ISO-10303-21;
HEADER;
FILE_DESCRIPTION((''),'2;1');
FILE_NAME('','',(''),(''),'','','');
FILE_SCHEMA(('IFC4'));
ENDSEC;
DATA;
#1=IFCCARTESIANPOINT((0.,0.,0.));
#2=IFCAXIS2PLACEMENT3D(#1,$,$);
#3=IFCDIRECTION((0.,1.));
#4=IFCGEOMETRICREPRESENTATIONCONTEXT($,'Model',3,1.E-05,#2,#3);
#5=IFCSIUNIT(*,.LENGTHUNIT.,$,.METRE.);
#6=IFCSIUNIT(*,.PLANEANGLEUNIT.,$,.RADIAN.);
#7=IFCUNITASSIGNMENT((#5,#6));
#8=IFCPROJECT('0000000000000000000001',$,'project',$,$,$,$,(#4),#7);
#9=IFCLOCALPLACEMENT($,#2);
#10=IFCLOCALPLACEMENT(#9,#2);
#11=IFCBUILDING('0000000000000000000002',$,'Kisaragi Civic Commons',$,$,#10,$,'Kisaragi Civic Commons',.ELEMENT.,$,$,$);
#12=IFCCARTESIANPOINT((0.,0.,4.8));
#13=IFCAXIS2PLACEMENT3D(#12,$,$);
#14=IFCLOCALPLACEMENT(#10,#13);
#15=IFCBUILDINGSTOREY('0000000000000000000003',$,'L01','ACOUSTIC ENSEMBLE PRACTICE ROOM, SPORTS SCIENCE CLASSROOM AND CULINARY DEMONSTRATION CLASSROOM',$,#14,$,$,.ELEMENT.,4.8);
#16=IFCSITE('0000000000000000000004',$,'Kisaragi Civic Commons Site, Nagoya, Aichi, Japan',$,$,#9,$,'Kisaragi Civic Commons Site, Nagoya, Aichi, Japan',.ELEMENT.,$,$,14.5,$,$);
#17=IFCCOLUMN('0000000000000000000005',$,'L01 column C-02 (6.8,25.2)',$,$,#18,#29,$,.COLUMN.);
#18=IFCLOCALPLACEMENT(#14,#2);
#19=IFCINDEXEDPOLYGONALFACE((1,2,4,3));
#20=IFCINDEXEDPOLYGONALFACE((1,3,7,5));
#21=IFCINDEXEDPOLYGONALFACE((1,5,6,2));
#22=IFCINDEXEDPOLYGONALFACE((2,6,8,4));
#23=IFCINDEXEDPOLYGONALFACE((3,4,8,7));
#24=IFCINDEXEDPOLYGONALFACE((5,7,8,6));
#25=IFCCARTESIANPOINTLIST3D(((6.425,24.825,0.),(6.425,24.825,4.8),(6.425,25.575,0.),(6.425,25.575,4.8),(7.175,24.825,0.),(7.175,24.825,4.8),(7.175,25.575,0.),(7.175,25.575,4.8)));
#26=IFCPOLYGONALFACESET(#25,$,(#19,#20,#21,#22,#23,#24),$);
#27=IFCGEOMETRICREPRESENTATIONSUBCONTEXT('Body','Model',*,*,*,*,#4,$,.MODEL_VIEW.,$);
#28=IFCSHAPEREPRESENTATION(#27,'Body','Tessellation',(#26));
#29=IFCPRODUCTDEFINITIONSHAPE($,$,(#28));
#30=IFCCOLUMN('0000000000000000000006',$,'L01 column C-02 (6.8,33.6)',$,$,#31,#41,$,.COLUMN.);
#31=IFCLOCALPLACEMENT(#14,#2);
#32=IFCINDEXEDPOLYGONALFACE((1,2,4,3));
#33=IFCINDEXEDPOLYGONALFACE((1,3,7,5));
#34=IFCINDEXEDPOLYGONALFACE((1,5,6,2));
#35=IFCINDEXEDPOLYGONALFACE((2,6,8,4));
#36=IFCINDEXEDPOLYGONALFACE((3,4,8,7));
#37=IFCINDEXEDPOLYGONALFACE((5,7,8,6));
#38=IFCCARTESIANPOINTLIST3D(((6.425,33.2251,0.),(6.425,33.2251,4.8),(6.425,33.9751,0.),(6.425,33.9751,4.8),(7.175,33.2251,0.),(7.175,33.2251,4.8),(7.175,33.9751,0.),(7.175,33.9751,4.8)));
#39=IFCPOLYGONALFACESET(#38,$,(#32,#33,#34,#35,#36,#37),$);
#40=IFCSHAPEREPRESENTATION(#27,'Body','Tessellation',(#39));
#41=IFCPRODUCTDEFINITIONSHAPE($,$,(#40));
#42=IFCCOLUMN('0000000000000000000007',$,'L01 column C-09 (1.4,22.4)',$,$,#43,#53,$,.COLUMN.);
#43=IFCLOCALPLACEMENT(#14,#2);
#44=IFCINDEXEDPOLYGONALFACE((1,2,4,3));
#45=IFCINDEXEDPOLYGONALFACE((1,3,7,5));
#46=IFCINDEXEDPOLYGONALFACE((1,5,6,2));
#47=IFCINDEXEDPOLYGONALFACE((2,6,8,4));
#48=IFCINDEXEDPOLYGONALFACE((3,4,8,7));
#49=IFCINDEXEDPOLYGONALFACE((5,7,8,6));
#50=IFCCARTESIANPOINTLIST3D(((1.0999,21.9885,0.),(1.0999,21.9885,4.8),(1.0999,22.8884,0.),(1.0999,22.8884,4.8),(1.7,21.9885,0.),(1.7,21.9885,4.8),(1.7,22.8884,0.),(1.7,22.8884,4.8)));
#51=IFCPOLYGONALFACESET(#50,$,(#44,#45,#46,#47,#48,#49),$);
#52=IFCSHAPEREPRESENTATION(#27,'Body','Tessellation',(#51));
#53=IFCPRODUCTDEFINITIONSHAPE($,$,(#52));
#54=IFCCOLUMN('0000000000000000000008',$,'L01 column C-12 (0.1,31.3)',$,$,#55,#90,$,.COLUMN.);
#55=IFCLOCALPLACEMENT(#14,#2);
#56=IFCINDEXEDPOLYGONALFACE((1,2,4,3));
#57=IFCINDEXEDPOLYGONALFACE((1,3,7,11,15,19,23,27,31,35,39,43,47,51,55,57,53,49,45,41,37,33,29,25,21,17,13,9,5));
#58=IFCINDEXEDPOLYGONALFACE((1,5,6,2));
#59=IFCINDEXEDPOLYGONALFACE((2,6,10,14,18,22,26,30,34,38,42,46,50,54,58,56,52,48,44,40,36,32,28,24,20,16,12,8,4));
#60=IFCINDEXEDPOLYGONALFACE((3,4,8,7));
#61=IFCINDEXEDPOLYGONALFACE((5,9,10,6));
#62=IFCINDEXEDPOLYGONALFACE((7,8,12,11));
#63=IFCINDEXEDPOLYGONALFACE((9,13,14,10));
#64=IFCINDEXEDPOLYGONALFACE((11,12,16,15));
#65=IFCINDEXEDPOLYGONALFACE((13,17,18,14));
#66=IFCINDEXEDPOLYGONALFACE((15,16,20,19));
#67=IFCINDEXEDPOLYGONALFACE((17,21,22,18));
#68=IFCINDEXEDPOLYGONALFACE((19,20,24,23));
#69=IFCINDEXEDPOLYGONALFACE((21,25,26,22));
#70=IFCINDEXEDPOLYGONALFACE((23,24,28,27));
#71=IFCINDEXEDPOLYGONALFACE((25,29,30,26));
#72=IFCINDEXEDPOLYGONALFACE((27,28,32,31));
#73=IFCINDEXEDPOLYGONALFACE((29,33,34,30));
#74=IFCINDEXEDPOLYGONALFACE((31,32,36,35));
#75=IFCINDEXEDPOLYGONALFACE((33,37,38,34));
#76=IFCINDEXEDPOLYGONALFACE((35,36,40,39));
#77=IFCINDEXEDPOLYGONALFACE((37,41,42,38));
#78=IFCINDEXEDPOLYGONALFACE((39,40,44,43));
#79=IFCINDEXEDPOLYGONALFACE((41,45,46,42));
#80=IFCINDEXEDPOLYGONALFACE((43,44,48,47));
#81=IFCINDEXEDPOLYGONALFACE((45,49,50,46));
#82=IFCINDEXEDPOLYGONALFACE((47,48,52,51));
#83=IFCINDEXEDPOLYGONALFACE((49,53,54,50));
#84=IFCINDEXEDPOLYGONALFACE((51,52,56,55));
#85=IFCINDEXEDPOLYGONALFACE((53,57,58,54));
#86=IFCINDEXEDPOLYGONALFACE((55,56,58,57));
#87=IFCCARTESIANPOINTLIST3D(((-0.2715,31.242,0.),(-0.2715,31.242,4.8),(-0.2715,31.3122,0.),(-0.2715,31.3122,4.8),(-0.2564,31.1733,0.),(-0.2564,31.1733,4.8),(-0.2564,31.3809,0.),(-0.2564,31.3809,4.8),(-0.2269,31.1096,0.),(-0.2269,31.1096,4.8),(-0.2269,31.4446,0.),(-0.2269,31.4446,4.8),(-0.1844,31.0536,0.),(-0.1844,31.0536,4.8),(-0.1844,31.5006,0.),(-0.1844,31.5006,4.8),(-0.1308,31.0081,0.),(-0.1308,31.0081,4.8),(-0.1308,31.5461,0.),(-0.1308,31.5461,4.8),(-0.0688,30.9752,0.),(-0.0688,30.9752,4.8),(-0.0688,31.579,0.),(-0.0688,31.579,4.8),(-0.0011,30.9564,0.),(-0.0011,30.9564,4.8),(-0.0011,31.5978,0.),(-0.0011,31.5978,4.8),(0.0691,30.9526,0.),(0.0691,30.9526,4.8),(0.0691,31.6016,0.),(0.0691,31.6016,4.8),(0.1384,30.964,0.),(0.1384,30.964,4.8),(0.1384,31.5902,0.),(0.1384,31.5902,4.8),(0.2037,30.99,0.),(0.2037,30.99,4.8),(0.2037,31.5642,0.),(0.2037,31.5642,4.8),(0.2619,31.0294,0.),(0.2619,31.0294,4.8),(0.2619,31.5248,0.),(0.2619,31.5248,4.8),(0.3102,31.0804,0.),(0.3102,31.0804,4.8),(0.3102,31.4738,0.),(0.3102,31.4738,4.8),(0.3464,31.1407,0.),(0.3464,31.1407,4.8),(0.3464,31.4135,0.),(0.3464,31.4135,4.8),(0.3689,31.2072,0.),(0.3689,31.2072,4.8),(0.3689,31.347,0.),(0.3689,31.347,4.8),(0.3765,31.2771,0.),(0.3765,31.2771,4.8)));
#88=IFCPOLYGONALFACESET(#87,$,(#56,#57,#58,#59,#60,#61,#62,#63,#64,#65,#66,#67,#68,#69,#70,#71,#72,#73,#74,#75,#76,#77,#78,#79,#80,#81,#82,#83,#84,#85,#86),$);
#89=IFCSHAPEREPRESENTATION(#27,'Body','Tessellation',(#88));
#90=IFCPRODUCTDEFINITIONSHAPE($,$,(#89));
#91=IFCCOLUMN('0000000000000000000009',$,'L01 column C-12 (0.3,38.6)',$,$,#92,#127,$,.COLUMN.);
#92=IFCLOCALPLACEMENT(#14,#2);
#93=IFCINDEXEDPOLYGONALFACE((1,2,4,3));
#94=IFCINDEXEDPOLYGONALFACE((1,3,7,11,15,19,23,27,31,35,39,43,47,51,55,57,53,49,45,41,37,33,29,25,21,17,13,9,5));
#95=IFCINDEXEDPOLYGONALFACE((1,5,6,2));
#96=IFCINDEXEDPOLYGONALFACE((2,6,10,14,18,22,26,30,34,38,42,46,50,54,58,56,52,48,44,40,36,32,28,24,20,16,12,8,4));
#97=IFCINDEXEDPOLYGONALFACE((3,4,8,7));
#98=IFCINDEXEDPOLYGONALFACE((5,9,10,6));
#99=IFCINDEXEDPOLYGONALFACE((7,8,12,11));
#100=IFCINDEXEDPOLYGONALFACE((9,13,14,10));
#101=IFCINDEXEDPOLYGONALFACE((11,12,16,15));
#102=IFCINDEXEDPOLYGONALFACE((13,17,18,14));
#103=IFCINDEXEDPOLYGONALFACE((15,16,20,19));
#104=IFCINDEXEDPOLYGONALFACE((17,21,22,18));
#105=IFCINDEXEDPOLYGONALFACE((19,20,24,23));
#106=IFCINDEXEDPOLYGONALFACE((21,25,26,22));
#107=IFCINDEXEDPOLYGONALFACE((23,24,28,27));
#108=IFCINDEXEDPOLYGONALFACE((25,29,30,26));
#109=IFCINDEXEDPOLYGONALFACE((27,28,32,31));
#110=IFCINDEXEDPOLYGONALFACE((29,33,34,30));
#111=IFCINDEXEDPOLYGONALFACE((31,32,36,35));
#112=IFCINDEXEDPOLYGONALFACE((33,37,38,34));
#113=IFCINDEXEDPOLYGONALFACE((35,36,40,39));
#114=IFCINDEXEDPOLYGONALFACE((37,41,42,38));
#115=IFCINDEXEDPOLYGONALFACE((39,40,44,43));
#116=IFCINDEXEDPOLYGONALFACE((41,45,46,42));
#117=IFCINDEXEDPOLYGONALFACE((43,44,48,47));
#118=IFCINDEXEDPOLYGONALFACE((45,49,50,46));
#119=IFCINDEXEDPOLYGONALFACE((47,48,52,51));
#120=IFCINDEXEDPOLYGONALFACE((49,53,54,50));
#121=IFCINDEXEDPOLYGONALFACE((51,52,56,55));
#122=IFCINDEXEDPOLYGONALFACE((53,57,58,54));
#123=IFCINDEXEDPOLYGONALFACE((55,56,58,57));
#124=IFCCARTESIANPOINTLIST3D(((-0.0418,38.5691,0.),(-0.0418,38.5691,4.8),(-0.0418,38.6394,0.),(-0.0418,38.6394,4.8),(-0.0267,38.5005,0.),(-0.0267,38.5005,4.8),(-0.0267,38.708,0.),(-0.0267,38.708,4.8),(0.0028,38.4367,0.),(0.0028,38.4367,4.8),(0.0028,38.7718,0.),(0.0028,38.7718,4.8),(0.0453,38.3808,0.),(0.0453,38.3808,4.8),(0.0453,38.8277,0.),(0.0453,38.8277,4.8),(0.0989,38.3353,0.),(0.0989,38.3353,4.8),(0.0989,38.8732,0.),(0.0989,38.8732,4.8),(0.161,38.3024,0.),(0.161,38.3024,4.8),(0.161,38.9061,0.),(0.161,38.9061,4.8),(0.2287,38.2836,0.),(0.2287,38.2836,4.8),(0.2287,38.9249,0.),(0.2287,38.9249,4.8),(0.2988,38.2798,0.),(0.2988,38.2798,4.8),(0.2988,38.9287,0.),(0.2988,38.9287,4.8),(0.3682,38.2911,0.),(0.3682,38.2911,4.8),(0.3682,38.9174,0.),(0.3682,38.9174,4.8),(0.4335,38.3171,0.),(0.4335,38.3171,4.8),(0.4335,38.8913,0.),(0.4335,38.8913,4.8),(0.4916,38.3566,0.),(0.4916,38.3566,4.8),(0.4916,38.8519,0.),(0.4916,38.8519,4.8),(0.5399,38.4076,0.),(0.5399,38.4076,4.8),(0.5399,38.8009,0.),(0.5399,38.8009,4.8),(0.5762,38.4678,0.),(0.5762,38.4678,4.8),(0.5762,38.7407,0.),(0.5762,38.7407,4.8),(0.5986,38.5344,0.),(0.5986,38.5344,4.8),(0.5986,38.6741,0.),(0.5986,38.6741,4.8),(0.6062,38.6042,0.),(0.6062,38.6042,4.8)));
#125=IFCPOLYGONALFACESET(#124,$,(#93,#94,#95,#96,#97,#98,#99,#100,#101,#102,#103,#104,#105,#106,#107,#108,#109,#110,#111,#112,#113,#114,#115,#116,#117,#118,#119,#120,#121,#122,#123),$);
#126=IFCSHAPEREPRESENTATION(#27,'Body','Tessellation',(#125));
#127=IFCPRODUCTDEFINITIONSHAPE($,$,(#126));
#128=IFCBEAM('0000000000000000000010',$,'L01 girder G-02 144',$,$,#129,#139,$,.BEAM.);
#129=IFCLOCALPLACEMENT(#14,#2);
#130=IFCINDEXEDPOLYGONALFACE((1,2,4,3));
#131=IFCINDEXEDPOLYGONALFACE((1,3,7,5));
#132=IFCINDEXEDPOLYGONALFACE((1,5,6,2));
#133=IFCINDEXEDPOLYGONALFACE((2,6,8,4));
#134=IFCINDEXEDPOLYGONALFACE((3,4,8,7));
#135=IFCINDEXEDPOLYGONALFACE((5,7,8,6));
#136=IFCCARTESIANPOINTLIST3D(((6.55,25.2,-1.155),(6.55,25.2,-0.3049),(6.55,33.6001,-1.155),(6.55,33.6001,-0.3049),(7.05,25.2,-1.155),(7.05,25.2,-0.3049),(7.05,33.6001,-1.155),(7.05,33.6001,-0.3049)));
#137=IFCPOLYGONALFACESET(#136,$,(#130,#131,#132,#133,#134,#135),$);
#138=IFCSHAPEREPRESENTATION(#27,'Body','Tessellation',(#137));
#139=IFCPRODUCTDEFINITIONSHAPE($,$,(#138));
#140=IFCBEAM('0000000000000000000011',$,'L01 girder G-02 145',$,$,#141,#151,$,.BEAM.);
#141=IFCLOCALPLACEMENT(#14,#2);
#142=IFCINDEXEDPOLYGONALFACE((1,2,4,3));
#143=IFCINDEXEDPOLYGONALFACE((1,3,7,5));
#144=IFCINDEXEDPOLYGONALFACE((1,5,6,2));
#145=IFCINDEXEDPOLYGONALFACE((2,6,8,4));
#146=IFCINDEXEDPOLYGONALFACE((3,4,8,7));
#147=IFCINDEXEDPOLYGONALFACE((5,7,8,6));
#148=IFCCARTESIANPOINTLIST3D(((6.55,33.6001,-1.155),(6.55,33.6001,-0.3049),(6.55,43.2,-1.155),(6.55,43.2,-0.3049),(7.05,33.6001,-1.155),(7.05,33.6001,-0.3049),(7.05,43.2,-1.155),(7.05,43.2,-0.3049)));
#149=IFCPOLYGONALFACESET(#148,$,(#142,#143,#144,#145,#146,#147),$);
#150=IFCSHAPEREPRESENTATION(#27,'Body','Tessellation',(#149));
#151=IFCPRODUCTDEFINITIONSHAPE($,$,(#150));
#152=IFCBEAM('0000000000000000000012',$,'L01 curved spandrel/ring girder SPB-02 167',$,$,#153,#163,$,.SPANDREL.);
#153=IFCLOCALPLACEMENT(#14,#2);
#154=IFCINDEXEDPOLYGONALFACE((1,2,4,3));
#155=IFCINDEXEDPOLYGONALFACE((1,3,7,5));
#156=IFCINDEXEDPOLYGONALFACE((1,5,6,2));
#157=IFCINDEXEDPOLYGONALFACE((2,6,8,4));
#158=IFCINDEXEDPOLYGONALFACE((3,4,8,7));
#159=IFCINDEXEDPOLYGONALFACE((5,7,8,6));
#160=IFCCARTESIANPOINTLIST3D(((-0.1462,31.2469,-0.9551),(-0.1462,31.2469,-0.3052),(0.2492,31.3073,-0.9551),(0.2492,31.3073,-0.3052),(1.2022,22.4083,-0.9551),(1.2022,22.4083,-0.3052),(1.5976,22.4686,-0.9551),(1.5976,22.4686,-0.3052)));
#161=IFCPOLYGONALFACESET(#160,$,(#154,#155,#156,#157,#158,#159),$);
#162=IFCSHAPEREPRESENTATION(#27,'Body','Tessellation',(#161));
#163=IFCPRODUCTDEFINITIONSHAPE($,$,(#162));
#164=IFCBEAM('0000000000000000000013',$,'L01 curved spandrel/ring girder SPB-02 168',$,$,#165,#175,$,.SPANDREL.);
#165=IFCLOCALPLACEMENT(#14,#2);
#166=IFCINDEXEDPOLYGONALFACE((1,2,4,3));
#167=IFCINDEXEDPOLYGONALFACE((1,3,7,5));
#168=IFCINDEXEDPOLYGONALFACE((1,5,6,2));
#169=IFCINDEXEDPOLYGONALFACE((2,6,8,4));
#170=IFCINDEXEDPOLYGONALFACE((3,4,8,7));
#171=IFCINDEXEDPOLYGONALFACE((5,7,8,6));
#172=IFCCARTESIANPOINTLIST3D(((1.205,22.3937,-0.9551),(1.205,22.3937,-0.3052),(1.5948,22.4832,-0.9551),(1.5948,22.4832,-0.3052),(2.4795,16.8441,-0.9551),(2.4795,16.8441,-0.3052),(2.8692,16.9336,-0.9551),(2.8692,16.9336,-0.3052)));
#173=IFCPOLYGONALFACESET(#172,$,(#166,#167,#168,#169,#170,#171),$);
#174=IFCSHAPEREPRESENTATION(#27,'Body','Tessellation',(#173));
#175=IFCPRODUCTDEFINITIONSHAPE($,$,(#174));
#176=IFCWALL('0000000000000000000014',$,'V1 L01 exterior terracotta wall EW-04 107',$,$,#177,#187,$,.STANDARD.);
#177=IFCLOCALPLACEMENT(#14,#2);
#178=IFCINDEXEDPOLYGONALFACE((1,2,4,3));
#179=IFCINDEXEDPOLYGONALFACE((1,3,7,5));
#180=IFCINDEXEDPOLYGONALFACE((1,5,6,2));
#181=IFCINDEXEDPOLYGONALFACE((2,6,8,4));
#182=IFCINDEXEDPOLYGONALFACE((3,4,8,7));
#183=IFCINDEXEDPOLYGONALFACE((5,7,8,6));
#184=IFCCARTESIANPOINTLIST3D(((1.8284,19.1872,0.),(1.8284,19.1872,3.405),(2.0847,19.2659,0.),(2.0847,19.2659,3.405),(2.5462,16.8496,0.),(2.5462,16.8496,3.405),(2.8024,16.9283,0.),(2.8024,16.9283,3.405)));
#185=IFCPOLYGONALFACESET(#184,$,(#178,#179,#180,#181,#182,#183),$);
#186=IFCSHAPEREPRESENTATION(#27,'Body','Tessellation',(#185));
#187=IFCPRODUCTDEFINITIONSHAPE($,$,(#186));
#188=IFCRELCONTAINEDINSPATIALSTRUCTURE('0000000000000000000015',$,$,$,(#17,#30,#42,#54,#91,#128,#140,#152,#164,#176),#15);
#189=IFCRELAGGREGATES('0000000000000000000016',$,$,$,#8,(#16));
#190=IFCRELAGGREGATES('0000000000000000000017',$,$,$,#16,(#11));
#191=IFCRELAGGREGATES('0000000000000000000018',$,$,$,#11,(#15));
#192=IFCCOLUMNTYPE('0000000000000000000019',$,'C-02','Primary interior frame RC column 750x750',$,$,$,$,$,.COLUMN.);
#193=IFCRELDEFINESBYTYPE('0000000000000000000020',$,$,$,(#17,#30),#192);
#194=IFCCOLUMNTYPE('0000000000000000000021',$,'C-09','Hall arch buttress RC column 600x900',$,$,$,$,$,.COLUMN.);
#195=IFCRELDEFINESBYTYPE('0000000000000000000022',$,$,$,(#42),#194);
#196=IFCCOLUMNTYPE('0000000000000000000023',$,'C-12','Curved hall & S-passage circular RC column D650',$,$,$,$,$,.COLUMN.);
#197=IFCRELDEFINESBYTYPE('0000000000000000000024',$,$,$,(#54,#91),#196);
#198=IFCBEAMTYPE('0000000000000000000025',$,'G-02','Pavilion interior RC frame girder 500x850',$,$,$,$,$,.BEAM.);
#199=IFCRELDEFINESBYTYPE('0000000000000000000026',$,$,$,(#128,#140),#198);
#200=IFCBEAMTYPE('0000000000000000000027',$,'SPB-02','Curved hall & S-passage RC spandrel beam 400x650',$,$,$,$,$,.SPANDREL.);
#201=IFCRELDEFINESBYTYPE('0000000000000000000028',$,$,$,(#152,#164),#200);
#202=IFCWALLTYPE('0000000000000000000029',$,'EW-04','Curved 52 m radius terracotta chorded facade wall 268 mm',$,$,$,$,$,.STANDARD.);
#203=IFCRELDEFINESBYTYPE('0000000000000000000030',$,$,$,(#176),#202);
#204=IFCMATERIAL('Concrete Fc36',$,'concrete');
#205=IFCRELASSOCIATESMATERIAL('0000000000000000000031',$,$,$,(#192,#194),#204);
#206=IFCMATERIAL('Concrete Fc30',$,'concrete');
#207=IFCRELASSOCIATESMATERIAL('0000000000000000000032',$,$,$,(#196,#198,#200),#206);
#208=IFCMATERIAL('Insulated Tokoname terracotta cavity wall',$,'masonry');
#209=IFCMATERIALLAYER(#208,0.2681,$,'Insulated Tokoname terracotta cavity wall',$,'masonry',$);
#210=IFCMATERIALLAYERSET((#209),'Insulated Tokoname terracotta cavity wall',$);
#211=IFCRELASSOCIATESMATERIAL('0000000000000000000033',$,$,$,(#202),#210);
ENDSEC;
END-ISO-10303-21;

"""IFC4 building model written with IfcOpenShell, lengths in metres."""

from ifc_helpers import new_model, si_unit, direction, frame, frame_2d, origin, origin_2d, place, context, subcontext, project, spatial, rectangle, circle, extrude, material, layer, layer_set, material_profile, profile_set, type_object, element, save


model = new_model("IFC4")

# Units and contexts
model_context = context("Model", 3, precision=1e-05, world=origin(), true_north=direction((0.0, 1.0)))
body_context = subcontext(model_context, "Body", "Model", "MODEL_VIEW")
ifc_project = project(units=[si_unit("LENGTHUNIT", "METRE"), si_unit("PLANEANGLEUNIT", "RADIAN")], contexts=[model_context])

# Site, building, storey
site_placement = place(None, origin())
site = spatial("IfcSite", under=ifc_project, at=site_placement, Name="Kisaragi Civic Commons Site, Nagoya, Aichi, Japan", LongName="Kisaragi Civic Commons Site, Nagoya, Aichi, Japan", CompositionType="ELEMENT", RefElevation=14.5)
building_placement = place(site_placement, origin())
building = spatial("IfcBuilding", under=site, at=building_placement, Name="Kisaragi Civic Commons", LongName="Kisaragi Civic Commons", CompositionType="ELEMENT")
storey_placement = place(building_placement, frame((0.0, 0.0, 4.8)))
storey = spatial("IfcBuildingStorey", under=building, at=storey_placement, Name="L01", Description="ACOUSTIC ENSEMBLE PRACTICE ROOM, SPORTS SCIENCE CLASSROOM AND CULINARY DEMONSTRATION CLASSROOM", CompositionType="ELEMENT", Elevation=4.8)

# Columns
ifc_material_1 = material(Name="Concrete Fc36", Category="concrete")
ifc_material_profile_1 = material_profile(ifc_material_1, rectangle(XDim=0.75, YDim=0.75, at=origin_2d()), Name="RC-750x750", Category="concrete")
ifc_profile_set_1 = profile_set([ifc_material_profile_1], Name="Concrete Fc36")
column_type_1 = type_object("IfcColumnType", Name="C-02", Description="Primary interior frame RC column 750x750", PredefinedType="COLUMN", material=ifc_profile_set_1)
for number, where, z_axis, x_axis, name in (
    (1, (6.8, 25.2, 0.0), (0.0, 0.0, 1.0), (1.0, 0.0, 0.0), "L01 column C-02 (6.8,25.2)"),
    (2, (6.8, 33.6001, 0.0), (0.0, 0.0, 1.0), (1.0, 0.0, 0.0), "L01 column C-02 (6.8,33.6)"),
):
    element("IfcColumn", number, at=place(storey_placement, frame(where, z_axis=z_axis, x_axis=x_axis)), inside=storey, type_object=column_type_1, Name=name, PredefinedType="COLUMN", context=body_context, shape_type="SweptSolid", body=[
        extrude(rectangle(XDim=0.75, YDim=0.75, at=origin_2d()), origin(), (0.0, 0.0, 1.0), 4.8),
    ])
ifc_material_profile_2 = material_profile(ifc_material_1, rectangle(XDim=0.6001, YDim=0.8999, at=origin_2d()), Name="RC-600x900", Category="concrete")
ifc_profile_set_2 = profile_set([ifc_material_profile_2], Name="Concrete Fc36")
column_type_2 = type_object("IfcColumnType", Name="C-09", Description="Hall arch buttress RC column 600x900", PredefinedType="COLUMN", material=ifc_profile_set_2)
column_placement = place(storey_placement, frame((1.3999, 22.4385, 0.0), z_axis=(0.0, 0.0, 1.0), x_axis=(1.0, 0.0, 0.0)))
element("IfcColumn", 3, at=column_placement, inside=storey, type_object=column_type_2, Name="L01 column C-09 (1.4,22.4)", PredefinedType="COLUMN", context=body_context, shape_type="SweptSolid", body=[
    extrude(rectangle(XDim=0.6001, YDim=0.8999, at=origin_2d()), origin(), (0.0, 0.0, 1.0), 4.8),
])
ifc_material_2 = material(Name="Concrete Fc30", Category="concrete")
ifc_material_profile_3 = material_profile(ifc_material_2, circle(Radius=0.325, at=origin_2d()), Name="RC-D650", Category="concrete")
ifc_profile_set_3 = profile_set([ifc_material_profile_3], Name="Concrete Fc30")
column_type_3 = type_object("IfcColumnType", Name="C-12", Description="Curved hall & S-passage circular RC column D650", PredefinedType="COLUMN", material=ifc_profile_set_3)
for number, where, z_axis, x_axis, name in (
    (4, (0.0515, 31.2771, 0.0), (0.0, 0.0, 1.0), (1.0, 0.0, 0.0), "L01 column C-12 (0.1,31.3)"),
    (5, (0.2812, 38.6042, 0.0), (0.0, 0.0, 1.0), (1.0, 0.0, 0.0), "L01 column C-12 (0.3,38.6)"),
):
    element("IfcColumn", number, at=place(storey_placement, frame(where, z_axis=z_axis, x_axis=x_axis)), inside=storey, type_object=column_type_3, Name=name, PredefinedType="COLUMN", context=body_context, shape_type="SweptSolid", body=[
        extrude(circle(Radius=0.325, at=origin_2d()), origin(), (0.0, 0.0, 1.0), 4.8),
    ])

# Beams
ifc_material_profile_4 = material_profile(ifc_material_2, rectangle(XDim=0.5, YDim=0.8501, at=origin_2d()), Name="RC-500x850", Category="concrete")
ifc_profile_set_4 = profile_set([ifc_material_profile_4], Name="Concrete Fc30")
beam_type_1 = type_object("IfcBeamType", Name="G-02", Description="Pavilion interior RC frame girder 500x850", PredefinedType="BEAM", material=ifc_profile_set_4)
beam_1_placement = place(storey_placement, frame((6.8, 25.2, -0.73), z_axis=(0.0, 1.0, 0.0), x_axis=(-1.0, 0.0, 0.0)))
element("IfcBeam", 6, at=beam_1_placement, inside=storey, type_object=beam_type_1, Name="L01 girder G-02 144", PredefinedType="BEAM", context=body_context, shape_type="SweptSolid", body=[
    extrude(rectangle(XDim=0.5, YDim=0.8501, at=origin_2d()), origin(), (0.0, 0.0, 1.0), 8.4001),
])
beam_2_placement = place(storey_placement, frame((6.8, 33.6001, -0.73), z_axis=(0.0, 1.0, 0.0), x_axis=(-1.0, 0.0, 0.0)))
element("IfcBeam", 7, at=beam_2_placement, inside=storey, type_object=beam_type_1, Name="L01 girder G-02 145", PredefinedType="BEAM", context=body_context, shape_type="SweptSolid", body=[
    extrude(rectangle(XDim=0.5, YDim=0.8501, at=origin_2d()), origin(), (0.0, 0.0, 1.0), 9.5999),
])
ifc_material_profile_5 = material_profile(ifc_material_2, rectangle(XDim=0.3999, YDim=0.6499, at=origin_2d()), Name="RC-400x650", Category="concrete")
ifc_profile_set_5 = profile_set([ifc_material_profile_5], Name="Concrete Fc30")
beam_type_2 = type_object("IfcBeamType", Name="SPB-02", Description="Curved hall & S-passage RC spandrel beam 400x650", PredefinedType="SPANDREL", material=ifc_profile_set_5)
beam_3_placement = place(storey_placement, frame((0.0515, 31.2771, -0.6301), z_axis=(0.150812, -0.988563, 0.0), x_axis=(0.988563, 0.150812, 0.0)))
element("IfcBeam", 8, at=beam_3_placement, inside=storey, type_object=beam_type_2, Name="L01 curved spandrel/ring girder SPB-02 167", PredefinedType="SPANDREL", context=body_context, shape_type="SweptSolid", body=[
    extrude(rectangle(XDim=0.3999, YDim=0.6499, at=origin_2d()), origin(), (0.0, 0.0, 1.0), 8.9409),
])
beam_4_placement = place(storey_placement, frame((1.3999, 22.4385, -0.6301), z_axis=(0.223817, -0.974631, 0.0), x_axis=(0.974631, 0.223817, 0.0)))
element("IfcBeam", 9, at=beam_4_placement, inside=storey, type_object=beam_type_2, Name="L01 curved spandrel/ring girder SPB-02 168", PredefinedType="SPANDREL", context=body_context, shape_type="SweptSolid", body=[
    extrude(rectangle(XDim=0.3999, YDim=0.6499, at=origin_2d()), origin(), (0.0, 0.0, 1.0), 5.6941),
])

# Wall
ifc_material_3 = material(Name="Insulated Tokoname terracotta cavity wall", Category="masonry")
ifc_layer_1 = layer(ifc_material_3, 0.2681, Name="Insulated Tokoname terracotta cavity wall", Category="masonry")
ifc_layer_set_1 = layer_set([ifc_layer_1], Name="Insulated Tokoname terracotta cavity wall")
wall_type_1 = type_object("IfcWallType", Name="EW-04", Description="Curved 52 m radius terracotta chorded facade wall 268 mm", PredefinedType="STANDARD", material=ifc_layer_set_1)
wall_1_placement = place(storey_placement, frame((2.6743, 16.8889, 0.0), z_axis=(0.0, 0.0, 1.0), x_axis=(-0.293525, 0.955952, 0.0)))
element("IfcWall", 10, at=wall_1_placement, inside=storey, type_object=wall_type_1, Name="V1 L01 exterior terracotta wall EW-04 107", PredefinedType="STANDARD", context=body_context, shape_type="SweptSolid", body=[
    extrude(rectangle(XDim=2.4453, YDim=0.2681, at=frame_2d((1.2227, 0.0))), origin(), (0.0, 0.0, 1.0), 3.405),
])

save(model, "model.ifc")
